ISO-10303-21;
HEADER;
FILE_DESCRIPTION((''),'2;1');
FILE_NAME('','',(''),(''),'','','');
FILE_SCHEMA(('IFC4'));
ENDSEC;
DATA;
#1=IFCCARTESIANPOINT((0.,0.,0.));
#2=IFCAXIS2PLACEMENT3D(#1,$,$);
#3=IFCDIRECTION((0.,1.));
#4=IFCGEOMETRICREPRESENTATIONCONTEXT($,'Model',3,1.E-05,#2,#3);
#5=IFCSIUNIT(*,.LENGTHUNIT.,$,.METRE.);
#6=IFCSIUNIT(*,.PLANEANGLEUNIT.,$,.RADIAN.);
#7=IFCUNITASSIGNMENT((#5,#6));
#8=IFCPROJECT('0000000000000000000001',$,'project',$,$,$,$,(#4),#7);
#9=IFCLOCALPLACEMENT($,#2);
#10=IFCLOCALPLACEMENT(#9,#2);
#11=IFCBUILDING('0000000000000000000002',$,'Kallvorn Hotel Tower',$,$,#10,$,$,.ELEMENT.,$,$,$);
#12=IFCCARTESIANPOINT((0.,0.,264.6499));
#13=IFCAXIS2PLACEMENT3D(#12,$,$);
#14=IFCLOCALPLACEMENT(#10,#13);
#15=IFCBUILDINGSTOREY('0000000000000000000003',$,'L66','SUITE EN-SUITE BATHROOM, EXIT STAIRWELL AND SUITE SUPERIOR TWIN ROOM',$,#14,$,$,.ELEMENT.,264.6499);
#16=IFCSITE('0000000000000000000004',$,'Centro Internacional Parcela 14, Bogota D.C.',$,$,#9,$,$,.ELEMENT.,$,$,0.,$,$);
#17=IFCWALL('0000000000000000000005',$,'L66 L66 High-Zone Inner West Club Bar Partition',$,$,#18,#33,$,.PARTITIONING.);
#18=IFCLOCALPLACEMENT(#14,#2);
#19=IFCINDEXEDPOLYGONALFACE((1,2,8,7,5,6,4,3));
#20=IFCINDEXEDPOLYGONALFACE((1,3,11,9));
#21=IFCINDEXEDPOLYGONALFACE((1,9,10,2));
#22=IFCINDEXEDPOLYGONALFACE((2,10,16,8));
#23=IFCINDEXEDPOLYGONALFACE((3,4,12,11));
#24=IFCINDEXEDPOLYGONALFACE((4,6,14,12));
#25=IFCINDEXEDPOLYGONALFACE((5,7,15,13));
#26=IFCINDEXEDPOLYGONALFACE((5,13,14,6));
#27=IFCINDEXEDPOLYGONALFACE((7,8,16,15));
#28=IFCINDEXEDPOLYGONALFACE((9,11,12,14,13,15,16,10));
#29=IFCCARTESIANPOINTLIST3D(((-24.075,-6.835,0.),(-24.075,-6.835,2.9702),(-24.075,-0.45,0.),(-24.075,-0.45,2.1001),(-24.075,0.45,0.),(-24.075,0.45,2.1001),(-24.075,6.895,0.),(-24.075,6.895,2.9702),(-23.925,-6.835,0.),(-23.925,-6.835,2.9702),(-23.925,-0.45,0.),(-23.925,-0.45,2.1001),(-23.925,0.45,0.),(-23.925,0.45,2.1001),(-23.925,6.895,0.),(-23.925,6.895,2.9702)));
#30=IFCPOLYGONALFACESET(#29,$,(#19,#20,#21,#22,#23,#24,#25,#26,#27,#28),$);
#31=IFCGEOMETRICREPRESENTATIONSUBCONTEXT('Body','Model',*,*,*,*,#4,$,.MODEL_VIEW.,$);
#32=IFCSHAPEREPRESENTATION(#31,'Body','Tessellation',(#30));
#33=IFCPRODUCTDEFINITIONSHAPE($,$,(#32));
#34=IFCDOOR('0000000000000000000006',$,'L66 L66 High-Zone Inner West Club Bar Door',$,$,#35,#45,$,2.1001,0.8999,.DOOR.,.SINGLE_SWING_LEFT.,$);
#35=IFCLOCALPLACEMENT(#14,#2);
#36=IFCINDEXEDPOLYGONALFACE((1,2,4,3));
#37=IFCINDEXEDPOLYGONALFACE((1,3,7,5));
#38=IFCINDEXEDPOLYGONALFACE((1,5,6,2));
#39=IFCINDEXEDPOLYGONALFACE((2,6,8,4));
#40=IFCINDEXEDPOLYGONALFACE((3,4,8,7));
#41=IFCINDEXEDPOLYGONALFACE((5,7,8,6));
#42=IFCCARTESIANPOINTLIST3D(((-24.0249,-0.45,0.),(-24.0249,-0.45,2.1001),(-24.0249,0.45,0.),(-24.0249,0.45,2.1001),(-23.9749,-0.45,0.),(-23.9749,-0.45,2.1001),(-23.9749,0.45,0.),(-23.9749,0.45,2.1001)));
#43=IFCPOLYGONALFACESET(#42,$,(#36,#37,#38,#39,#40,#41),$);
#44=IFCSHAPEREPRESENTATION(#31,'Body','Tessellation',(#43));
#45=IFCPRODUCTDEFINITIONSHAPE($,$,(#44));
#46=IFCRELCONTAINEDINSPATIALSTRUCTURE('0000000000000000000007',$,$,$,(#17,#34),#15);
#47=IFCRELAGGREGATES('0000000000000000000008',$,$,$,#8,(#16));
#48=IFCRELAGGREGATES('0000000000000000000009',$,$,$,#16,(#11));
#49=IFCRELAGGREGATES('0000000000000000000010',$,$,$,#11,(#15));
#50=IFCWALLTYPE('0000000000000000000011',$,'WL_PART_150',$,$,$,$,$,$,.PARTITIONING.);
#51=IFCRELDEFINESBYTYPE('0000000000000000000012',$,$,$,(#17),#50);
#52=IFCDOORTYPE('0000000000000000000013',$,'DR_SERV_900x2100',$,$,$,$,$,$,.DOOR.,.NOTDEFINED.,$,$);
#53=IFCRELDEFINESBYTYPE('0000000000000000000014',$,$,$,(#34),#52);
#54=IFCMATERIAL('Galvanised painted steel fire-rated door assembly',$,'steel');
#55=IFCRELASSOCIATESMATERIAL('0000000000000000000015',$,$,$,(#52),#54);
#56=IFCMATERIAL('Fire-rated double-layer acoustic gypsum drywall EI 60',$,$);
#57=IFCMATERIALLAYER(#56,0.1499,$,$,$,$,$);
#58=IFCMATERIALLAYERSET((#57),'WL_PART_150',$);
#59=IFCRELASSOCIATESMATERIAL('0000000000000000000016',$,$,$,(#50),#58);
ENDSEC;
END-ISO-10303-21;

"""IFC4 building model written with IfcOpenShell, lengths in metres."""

from ifc_helpers import new_model, si_unit, direction, frame, frame_2d, origin, place, context, subcontext, project, spatial, rectangle, extrude, material, layer, layer_set, type_object, element, fill, save


model = new_model("IFC4")

# Units and contexts
model_context = context("Model", 3, precision=1e-05, world=origin(), true_north=direction((0.0, 1.0)))
body_context = subcontext(model_context, "Body", "Model", "MODEL_VIEW")
ifc_project = project(units=[si_unit("LENGTHUNIT", "METRE"), si_unit("PLANEANGLEUNIT", "RADIAN")], contexts=[model_context])

# Site, building, storey
site_placement = place(None, origin())
site = spatial("IfcSite", under=ifc_project, at=site_placement, Name="Centro Internacional Parcela 14, Bogota D.C.", CompositionType="ELEMENT", RefElevation=0.0)
building_placement = place(site_placement, origin())
building = spatial("IfcBuilding", under=site, at=building_placement, Name="Kallvorn Hotel Tower", CompositionType="ELEMENT")
storey_placement = place(building_placement, frame((0.0, 0.0, 264.6499)))
storey = spatial("IfcBuildingStorey", under=building, at=storey_placement, Name="L66", Description="SUITE EN-SUITE BATHROOM, EXIT STAIRWELL AND SUITE SUPERIOR TWIN ROOM", CompositionType="ELEMENT", Elevation=264.6499)

# Shared definitions
ifc_material_1 = material(Name="Galvanised painted steel fire-rated door assembly", Category="steel")
door_type_1 = type_object("IfcDoorType", Name="DR_SERV_900x2100", OperationType="NOTDEFINED", PredefinedType="DOOR", material=ifc_material_1)

# Shared definitions
ifc_material_2 = material(Name="Fire-rated double-layer acoustic gypsum drywall EI 60")
ifc_layer_1 = layer(ifc_material_2, 0.1499)
ifc_layer_set_1 = layer_set([ifc_layer_1], Name="WL_PART_150")
wall_type_1 = type_object("IfcWallType", Name="WL_PART_150", PredefinedType="PARTITIONING", material=ifc_layer_set_1)

# Wall, opening, door
wall_1_placement = place(storey_placement, frame((-24.0, -6.835, 0.0), z_axis=(0.0, 0.0, 1.0), x_axis=(0.0, 1.0, 0.0)))
wall_1 = element("IfcWall", 1, at=wall_1_placement, inside=storey, type_object=wall_type_1, Name="L66 L66 High-Zone Inner West Club Bar Partition", PredefinedType="PARTITIONING", context=body_context, shape_type="SweptSolid", body=[
    extrude(rectangle(XDim=13.73, YDim=0.1499, at=frame_2d((6.865, 0.0))), origin(), (0.0, 0.0, 1.0), 2.9702),
])
opening_1_placement = place(wall_1_placement, frame((6.385, 0.0, 0.0)))
opening_1 = element("IfcOpeningElement", 2, at=opening_1_placement, cuts=wall_1, PredefinedType="OPENING", context=body_context, shape_type="SweptSolid", body=[
    extrude(rectangle(XDim=0.8999, YDim=2.1001, at=frame_2d((0.45, 1.05))), frame((0.0, 0.0898, 0.0), z_axis=(0.0, -1.0, 0.0), x_axis=(1.0, 0.0, 0.0)), (0.0, 0.0, 1.0), 0.1799),
])
door_1_placement = place(opening_1_placement, origin())
door_1 = element("IfcDoor", 3, at=door_1_placement, inside=storey, type_object=door_type_1, Name="L66 L66 High-Zone Inner West Club Bar Door", OperationType="SINGLE_SWING_LEFT", OverallHeight=2.1001, OverallWidth=0.8999, PredefinedType="DOOR", context=body_context, shape_type="SweptSolid", body=[
    extrude(rectangle(XDim=0.8999, YDim=2.1001, at=frame_2d((0.45, 1.05))), frame((0.0, 0.0249, 0.0), z_axis=(0.0, -1.0, 0.0), x_axis=(1.0, 0.0, 0.0)), (0.0, 0.0, 1.0), 0.05),
])
fill(opening_1, door_1)

save(model, "model.ifc")
